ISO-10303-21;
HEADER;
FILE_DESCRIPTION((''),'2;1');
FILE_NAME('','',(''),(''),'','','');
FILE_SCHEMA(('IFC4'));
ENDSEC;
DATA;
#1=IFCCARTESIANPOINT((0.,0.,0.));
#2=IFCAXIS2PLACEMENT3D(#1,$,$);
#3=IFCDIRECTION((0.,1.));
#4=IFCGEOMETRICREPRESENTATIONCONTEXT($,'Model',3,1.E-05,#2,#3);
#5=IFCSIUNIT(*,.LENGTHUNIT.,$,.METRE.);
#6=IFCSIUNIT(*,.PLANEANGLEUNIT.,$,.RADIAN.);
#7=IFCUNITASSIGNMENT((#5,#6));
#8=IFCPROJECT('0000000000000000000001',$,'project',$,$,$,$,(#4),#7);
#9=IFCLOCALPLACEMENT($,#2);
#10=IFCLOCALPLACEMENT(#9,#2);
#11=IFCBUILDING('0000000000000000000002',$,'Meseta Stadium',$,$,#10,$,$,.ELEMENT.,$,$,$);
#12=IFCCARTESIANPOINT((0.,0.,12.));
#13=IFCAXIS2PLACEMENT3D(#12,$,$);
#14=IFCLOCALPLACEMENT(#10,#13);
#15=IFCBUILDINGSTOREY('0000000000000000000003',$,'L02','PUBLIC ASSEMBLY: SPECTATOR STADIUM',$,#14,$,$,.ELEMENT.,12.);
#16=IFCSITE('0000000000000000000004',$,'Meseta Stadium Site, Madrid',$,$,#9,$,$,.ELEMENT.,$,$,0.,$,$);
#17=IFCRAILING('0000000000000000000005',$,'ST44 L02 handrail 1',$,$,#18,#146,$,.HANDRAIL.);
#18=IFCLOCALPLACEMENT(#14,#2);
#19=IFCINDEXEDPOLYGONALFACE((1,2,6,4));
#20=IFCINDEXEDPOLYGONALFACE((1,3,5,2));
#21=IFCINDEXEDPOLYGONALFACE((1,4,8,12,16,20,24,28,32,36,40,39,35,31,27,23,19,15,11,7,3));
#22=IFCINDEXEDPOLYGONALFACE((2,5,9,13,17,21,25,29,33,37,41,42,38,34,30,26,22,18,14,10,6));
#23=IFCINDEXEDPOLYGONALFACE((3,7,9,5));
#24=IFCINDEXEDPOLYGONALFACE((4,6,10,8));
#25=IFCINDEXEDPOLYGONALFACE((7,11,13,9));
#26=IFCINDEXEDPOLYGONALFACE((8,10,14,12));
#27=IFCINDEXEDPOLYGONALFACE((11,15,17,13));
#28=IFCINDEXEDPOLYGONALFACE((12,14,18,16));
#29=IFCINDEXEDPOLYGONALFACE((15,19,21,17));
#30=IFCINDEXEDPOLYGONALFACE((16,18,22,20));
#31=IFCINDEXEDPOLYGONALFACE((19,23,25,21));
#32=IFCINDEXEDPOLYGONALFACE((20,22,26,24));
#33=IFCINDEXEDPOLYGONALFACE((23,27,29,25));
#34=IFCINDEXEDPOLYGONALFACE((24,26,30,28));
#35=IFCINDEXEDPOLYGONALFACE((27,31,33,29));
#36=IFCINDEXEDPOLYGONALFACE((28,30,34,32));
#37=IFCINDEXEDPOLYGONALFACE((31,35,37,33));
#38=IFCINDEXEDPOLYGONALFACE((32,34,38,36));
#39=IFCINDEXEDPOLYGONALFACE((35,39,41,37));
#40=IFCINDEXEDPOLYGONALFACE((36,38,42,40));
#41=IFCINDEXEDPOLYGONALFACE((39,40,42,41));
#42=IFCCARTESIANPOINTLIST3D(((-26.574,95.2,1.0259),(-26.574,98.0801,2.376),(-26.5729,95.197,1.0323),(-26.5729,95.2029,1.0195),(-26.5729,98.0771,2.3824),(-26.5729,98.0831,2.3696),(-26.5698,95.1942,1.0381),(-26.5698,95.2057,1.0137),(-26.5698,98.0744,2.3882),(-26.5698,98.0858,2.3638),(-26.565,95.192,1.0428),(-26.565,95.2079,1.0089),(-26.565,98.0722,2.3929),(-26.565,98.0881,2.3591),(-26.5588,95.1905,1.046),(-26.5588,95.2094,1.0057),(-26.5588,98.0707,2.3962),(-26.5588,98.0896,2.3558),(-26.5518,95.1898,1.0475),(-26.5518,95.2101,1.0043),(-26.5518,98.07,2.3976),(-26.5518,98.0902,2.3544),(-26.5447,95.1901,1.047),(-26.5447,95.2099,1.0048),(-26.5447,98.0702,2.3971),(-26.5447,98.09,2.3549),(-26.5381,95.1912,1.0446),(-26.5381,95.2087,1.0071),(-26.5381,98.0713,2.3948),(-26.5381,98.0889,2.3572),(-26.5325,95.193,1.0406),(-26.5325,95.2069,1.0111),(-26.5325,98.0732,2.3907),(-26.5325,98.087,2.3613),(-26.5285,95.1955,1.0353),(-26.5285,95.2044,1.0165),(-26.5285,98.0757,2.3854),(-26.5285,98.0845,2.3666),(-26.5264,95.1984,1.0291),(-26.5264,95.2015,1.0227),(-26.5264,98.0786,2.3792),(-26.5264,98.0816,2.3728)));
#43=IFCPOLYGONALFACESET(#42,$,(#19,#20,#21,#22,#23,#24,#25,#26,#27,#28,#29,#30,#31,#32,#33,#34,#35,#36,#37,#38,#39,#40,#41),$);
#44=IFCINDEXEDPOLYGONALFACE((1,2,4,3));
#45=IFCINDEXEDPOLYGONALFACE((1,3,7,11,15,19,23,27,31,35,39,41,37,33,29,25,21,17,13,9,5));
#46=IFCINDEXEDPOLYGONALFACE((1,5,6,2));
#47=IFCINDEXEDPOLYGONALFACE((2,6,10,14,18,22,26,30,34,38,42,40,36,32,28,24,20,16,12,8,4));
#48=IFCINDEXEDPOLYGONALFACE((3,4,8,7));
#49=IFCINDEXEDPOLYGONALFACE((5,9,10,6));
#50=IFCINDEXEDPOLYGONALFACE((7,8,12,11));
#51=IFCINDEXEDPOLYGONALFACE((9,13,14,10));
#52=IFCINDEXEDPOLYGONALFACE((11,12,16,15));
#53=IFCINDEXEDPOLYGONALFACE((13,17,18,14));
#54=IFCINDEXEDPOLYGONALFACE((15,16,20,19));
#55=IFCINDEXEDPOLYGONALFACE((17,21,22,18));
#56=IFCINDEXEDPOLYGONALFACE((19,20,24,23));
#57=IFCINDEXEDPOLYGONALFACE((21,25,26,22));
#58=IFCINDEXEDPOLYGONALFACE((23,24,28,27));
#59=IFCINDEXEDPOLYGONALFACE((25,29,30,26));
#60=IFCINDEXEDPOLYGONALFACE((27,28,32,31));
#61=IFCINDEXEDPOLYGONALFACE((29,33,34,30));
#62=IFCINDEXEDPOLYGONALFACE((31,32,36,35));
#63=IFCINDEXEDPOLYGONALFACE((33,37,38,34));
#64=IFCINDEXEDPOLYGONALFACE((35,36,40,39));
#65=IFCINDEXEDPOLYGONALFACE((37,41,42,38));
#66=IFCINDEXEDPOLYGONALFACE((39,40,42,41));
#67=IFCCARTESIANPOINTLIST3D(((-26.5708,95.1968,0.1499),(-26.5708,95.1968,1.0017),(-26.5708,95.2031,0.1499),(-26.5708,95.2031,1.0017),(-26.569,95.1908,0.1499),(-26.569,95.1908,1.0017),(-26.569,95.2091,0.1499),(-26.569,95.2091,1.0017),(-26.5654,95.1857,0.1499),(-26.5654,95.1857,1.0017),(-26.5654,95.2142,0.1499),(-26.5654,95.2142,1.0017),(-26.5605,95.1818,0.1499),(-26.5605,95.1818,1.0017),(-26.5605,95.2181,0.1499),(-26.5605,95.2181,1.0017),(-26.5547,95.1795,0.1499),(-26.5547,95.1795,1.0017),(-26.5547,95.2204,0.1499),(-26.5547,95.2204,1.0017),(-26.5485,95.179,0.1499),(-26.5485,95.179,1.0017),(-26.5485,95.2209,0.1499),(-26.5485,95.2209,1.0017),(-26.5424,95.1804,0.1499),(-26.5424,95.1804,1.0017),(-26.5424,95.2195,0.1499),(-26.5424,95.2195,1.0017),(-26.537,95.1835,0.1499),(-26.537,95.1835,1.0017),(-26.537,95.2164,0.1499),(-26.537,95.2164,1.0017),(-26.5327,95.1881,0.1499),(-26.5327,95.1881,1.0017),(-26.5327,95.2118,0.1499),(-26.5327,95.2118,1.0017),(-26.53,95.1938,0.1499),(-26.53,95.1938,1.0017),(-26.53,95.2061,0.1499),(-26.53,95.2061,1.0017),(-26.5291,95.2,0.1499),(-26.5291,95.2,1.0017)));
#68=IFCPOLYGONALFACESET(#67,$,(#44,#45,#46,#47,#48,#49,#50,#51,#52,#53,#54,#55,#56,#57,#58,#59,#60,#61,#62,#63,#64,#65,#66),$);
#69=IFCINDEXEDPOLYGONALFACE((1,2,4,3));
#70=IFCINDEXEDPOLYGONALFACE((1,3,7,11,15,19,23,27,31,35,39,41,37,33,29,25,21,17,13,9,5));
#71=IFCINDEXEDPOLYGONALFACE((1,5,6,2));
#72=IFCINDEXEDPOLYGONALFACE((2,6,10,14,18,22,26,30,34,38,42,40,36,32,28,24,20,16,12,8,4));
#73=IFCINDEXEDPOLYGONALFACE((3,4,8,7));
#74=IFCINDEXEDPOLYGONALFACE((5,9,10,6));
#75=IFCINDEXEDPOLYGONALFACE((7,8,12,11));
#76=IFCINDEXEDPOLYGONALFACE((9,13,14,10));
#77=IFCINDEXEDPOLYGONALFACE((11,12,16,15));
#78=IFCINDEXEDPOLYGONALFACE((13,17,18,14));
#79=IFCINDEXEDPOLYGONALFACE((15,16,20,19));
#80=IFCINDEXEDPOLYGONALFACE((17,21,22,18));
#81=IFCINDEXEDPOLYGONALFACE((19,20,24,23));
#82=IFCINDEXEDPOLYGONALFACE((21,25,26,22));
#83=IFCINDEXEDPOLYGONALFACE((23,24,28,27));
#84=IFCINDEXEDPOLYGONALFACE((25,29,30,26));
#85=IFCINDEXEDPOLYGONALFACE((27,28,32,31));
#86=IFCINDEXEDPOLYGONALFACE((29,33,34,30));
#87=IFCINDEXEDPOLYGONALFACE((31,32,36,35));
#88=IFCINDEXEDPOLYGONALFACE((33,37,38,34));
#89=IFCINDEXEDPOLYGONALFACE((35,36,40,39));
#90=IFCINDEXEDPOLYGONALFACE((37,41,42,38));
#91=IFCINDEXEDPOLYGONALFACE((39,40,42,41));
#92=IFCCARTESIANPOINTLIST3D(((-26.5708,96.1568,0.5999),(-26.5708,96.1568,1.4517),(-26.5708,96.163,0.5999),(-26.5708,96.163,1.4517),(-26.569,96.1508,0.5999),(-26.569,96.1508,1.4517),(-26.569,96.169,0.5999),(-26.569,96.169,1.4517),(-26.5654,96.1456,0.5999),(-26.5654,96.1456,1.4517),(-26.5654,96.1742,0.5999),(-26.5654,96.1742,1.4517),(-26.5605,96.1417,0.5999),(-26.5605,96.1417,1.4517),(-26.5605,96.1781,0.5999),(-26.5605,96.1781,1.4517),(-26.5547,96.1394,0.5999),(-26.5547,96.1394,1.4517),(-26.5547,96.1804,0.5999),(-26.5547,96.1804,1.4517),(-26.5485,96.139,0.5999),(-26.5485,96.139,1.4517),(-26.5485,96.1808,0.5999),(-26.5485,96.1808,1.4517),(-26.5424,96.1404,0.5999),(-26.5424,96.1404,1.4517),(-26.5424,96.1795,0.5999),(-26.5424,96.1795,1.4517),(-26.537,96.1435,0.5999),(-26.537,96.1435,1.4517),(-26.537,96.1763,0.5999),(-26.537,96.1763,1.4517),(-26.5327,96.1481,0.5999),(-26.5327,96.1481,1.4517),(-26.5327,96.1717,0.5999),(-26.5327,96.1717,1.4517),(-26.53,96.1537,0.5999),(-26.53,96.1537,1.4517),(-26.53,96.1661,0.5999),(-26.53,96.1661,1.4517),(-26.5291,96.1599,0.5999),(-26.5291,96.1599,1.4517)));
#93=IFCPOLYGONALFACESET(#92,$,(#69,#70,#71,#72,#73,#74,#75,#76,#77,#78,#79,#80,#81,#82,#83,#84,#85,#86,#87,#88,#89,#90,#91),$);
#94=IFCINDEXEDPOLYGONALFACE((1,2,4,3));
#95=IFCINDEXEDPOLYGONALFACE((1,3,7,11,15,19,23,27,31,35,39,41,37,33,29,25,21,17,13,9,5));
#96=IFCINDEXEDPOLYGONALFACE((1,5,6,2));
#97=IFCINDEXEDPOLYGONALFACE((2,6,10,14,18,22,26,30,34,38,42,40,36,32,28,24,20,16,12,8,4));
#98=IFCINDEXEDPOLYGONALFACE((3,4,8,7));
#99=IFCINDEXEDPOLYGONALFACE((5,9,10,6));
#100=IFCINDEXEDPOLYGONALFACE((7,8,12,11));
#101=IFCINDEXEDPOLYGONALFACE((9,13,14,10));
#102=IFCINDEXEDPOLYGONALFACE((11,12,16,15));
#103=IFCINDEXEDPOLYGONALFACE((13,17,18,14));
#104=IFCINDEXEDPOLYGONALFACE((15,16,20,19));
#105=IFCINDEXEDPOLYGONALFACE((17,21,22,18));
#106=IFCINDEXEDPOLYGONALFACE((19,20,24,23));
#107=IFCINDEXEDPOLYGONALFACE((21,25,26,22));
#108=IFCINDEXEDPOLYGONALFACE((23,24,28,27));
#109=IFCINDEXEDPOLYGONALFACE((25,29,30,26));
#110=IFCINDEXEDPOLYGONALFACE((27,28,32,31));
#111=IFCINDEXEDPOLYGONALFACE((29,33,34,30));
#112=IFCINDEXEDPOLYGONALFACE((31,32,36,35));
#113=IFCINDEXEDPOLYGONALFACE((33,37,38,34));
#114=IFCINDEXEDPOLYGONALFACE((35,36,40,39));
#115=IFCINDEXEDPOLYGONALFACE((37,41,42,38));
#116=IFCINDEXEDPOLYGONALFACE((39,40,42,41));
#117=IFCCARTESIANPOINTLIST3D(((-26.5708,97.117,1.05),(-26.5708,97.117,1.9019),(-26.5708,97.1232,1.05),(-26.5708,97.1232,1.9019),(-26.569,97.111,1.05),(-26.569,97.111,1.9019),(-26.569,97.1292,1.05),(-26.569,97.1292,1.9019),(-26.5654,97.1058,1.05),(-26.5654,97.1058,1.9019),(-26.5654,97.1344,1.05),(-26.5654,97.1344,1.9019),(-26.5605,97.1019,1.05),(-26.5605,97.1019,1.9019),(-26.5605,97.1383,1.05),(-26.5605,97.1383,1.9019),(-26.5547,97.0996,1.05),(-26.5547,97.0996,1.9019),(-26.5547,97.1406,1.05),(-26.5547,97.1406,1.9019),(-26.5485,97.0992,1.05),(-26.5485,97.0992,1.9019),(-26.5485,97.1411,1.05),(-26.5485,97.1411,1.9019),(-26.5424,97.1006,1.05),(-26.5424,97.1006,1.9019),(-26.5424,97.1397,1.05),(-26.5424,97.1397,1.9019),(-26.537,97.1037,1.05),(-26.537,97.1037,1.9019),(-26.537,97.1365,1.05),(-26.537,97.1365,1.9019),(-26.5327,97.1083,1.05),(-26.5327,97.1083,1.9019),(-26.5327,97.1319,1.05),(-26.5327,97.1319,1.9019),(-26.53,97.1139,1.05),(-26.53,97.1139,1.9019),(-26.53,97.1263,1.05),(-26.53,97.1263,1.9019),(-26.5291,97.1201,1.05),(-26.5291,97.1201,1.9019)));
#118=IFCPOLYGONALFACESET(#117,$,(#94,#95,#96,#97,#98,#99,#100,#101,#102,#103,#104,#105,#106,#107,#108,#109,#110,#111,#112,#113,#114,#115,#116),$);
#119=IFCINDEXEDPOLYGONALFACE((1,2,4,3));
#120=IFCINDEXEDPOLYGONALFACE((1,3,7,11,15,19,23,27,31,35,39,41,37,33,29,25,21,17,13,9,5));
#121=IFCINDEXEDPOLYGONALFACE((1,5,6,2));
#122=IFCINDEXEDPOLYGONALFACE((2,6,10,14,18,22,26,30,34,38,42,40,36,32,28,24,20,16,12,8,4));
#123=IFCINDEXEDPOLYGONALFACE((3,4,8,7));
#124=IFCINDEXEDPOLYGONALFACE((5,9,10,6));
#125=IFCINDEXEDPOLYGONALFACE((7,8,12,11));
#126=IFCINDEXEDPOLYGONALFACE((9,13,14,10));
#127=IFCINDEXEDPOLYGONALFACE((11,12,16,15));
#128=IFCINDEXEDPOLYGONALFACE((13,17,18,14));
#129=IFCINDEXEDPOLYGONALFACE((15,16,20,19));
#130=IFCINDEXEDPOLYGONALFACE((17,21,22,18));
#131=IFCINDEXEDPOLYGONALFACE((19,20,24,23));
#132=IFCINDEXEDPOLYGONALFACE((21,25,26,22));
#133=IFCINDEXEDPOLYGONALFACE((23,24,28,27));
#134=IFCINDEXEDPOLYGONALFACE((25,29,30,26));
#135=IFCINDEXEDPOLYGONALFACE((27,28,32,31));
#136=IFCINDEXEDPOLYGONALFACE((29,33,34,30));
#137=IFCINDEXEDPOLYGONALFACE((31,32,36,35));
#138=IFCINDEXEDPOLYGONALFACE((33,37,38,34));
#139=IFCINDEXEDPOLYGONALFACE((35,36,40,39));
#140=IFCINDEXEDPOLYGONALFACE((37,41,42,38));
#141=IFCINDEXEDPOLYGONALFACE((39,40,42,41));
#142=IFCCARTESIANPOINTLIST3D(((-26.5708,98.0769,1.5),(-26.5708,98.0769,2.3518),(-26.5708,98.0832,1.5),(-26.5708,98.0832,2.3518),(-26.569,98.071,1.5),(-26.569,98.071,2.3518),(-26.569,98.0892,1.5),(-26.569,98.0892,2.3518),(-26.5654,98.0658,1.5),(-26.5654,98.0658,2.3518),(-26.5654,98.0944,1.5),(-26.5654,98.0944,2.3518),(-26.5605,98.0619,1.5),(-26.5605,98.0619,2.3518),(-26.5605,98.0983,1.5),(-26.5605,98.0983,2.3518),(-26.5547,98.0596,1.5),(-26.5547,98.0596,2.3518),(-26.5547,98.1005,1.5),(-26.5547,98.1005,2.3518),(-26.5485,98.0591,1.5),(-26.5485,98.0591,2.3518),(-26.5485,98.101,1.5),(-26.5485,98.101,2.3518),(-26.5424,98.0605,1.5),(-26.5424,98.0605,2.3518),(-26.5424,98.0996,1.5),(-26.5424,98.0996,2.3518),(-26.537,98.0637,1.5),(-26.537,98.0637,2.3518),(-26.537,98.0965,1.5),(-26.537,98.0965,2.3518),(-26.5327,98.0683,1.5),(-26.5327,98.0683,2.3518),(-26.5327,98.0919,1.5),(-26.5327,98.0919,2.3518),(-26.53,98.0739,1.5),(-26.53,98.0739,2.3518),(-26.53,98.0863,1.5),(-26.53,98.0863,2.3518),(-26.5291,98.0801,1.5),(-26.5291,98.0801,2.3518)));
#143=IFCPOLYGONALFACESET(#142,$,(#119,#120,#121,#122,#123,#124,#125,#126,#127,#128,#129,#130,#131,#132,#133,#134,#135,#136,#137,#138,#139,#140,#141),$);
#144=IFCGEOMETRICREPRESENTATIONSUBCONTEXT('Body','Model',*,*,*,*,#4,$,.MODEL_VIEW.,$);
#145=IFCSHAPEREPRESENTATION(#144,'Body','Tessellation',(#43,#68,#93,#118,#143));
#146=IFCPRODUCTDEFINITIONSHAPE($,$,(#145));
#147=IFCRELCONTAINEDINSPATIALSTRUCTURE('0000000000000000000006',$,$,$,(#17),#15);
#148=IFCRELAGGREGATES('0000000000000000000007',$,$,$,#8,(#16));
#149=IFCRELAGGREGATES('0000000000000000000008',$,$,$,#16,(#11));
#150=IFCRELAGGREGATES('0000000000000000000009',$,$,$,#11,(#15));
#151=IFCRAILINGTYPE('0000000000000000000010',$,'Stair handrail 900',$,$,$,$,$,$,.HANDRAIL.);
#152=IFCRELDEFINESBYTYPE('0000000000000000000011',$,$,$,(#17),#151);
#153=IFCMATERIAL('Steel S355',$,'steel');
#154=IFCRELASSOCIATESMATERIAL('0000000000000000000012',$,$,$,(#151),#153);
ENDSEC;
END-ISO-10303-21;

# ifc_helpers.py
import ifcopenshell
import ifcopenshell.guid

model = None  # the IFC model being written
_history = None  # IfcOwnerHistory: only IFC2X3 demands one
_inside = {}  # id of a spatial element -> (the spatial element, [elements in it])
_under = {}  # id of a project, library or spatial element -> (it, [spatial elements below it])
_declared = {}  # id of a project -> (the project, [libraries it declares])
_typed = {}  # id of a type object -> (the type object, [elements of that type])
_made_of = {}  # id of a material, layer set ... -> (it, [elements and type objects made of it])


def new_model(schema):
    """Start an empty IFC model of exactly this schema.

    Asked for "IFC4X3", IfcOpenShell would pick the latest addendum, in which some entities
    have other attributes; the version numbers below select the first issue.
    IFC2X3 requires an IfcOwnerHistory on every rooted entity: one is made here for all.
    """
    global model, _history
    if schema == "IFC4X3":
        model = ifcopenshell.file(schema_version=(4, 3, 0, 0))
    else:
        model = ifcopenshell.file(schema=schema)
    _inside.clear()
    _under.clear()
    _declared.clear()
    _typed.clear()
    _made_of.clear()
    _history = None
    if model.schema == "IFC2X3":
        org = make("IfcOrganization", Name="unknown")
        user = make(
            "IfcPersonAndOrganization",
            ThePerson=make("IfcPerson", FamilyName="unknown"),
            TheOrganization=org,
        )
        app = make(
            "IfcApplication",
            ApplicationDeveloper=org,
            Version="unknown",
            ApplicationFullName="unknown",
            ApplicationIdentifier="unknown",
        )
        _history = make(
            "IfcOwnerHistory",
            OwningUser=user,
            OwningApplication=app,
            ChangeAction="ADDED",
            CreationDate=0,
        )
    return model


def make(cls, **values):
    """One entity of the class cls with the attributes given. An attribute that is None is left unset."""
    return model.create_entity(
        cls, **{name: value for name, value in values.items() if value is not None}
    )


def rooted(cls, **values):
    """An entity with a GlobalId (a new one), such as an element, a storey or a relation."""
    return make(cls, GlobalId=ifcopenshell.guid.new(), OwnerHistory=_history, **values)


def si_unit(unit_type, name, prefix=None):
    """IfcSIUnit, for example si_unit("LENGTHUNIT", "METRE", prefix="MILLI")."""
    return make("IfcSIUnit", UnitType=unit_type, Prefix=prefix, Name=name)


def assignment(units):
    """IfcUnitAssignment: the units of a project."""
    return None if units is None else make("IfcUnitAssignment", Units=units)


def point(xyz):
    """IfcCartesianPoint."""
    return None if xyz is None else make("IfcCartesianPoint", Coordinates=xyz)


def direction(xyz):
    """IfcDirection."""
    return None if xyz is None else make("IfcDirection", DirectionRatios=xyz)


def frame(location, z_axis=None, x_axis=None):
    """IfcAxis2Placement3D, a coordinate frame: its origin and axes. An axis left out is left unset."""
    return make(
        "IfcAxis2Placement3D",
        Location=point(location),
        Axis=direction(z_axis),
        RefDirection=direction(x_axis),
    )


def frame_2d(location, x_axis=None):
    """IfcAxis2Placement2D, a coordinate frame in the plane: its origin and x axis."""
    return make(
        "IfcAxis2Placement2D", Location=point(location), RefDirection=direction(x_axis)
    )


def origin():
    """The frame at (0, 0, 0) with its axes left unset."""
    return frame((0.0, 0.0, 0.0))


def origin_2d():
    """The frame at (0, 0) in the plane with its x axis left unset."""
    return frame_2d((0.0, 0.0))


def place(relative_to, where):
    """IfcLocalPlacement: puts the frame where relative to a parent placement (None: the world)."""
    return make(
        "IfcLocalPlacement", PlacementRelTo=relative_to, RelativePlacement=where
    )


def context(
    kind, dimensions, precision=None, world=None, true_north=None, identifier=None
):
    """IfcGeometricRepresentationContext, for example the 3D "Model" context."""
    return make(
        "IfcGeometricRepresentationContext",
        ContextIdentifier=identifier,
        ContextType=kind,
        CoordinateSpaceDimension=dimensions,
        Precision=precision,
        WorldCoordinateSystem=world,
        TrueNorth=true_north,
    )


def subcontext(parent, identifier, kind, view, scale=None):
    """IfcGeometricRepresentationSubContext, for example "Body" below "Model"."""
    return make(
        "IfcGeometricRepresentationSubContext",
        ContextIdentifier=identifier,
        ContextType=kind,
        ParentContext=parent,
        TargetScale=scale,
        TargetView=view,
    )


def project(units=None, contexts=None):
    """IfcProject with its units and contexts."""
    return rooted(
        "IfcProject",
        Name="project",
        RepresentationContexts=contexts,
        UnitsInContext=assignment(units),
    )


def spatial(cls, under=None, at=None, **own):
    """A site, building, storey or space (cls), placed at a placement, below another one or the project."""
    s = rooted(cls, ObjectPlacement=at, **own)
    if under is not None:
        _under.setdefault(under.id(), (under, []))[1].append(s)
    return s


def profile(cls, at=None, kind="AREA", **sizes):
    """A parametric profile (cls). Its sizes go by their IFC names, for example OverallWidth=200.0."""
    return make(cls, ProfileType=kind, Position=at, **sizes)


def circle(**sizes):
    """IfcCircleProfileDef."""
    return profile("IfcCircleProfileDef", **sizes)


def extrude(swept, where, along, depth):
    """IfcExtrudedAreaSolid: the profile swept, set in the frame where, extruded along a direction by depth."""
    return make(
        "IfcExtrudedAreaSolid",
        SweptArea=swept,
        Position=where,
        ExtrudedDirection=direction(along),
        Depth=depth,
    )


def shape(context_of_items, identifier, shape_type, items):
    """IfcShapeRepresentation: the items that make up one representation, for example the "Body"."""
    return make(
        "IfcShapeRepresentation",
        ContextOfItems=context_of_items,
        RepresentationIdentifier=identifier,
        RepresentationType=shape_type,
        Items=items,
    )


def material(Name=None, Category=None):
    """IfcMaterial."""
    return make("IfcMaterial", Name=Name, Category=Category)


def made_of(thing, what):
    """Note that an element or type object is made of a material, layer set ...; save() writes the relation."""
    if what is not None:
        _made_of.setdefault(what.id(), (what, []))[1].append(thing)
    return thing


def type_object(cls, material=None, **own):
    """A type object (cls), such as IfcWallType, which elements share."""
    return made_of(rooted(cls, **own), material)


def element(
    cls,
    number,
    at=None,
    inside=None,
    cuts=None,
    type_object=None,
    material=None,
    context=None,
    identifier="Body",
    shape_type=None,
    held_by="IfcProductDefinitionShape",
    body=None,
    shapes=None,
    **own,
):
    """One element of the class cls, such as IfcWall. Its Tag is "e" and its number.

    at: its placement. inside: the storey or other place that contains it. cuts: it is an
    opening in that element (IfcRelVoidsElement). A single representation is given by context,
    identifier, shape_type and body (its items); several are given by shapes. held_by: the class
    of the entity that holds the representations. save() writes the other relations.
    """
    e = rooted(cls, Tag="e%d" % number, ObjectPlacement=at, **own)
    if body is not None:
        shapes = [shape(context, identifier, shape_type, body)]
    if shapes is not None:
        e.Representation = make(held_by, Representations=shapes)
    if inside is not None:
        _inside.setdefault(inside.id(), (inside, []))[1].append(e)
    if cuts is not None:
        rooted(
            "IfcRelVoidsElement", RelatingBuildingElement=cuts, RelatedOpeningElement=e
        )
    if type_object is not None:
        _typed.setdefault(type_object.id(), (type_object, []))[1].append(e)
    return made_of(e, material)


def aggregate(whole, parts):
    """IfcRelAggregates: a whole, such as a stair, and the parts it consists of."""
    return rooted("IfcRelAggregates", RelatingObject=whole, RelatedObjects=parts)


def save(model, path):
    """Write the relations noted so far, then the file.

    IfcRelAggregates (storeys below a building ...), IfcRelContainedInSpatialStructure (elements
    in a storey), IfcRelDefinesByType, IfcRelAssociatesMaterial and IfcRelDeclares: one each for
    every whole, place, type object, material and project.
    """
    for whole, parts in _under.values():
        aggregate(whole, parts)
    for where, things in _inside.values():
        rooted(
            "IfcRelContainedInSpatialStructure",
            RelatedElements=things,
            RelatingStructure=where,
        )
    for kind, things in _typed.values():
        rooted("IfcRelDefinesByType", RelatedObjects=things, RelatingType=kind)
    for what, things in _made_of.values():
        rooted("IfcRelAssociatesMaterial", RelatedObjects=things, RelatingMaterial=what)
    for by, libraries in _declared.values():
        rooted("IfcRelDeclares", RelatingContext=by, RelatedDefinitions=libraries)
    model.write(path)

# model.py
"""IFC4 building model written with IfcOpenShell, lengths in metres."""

from ifc_helpers import new_model, si_unit, direction, frame, origin, origin_2d, place, context, subcontext, project, spatial, circle, extrude, material, type_object, element, save


model = new_model("IFC4")

# Units and contexts
model_context = context("Model", 3, precision=1e-05, world=origin(), true_north=direction((0.0, 1.0)))
body_context = subcontext(model_context, "Body", "Model", "MODEL_VIEW")
ifc_project = project(units=[si_unit("LENGTHUNIT", "METRE"), si_unit("PLANEANGLEUNIT", "RADIAN")], contexts=[model_context])

# Site, building, storey
site_placement = place(None, origin())
site = spatial("IfcSite", under=ifc_project, at=site_placement, Name="Meseta Stadium Site, Madrid", CompositionType="ELEMENT", RefElevation=0.0)
building_placement = place(site_placement, origin())
building = spatial("IfcBuilding", under=site, at=building_placement, Name="Meseta Stadium", CompositionType="ELEMENT")
storey_placement = place(building_placement, frame((0.0, 0.0, 12.0)))
storey = spatial("IfcBuildingStorey", under=building, at=storey_placement, Name="L02", Description="PUBLIC ASSEMBLY: SPECTATOR STADIUM", CompositionType="ELEMENT", Elevation=12.0)

# Railing
ifc_material_1 = material(Name="Steel S355", Category="steel")
railing_type_1 = type_object("IfcRailingType", Name="Stair handrail 900", PredefinedType="HANDRAIL", material=ifc_material_1)
railing_1_placement = place(storey_placement, frame((-26.55, 95.2, 0.1499)))
element("IfcRailing", 1, at=railing_1_placement, inside=storey, type_object=railing_type_1, Name="ST44 L02 handrail 1", PredefinedType="HANDRAIL", context=body_context, shape_type="SweptSolid", body=[
    extrude(circle(Radius=0.0239, at=origin_2d()), frame((0.0, 0.0, 0.876), z_axis=(0.0, 0.905454, 0.424444), x_axis=(-1.0, 0.0, 0.0)), (0.0, 0.0, 1.0), 3.1809),
    extrude(circle(Radius=0.021, at=origin_2d()), origin(), (0.0, 0.0, 1.0), 0.8518),
    extrude(circle(Radius=0.021, at=origin_2d()), frame((0.0, 0.96, 0.45)), (0.0, 0.0, 1.0), 0.8518),
    extrude(circle(Radius=0.021, at=origin_2d()), frame((0.0, 1.9202, 0.9001)), (0.0, 0.0, 1.0), 0.8518),
    extrude(circle(Radius=0.021, at=origin_2d()), frame((0.0, 2.8801, 1.3501)), (0.0, 0.0, 1.0), 0.8518),
])

save(model, "model.ifc")
